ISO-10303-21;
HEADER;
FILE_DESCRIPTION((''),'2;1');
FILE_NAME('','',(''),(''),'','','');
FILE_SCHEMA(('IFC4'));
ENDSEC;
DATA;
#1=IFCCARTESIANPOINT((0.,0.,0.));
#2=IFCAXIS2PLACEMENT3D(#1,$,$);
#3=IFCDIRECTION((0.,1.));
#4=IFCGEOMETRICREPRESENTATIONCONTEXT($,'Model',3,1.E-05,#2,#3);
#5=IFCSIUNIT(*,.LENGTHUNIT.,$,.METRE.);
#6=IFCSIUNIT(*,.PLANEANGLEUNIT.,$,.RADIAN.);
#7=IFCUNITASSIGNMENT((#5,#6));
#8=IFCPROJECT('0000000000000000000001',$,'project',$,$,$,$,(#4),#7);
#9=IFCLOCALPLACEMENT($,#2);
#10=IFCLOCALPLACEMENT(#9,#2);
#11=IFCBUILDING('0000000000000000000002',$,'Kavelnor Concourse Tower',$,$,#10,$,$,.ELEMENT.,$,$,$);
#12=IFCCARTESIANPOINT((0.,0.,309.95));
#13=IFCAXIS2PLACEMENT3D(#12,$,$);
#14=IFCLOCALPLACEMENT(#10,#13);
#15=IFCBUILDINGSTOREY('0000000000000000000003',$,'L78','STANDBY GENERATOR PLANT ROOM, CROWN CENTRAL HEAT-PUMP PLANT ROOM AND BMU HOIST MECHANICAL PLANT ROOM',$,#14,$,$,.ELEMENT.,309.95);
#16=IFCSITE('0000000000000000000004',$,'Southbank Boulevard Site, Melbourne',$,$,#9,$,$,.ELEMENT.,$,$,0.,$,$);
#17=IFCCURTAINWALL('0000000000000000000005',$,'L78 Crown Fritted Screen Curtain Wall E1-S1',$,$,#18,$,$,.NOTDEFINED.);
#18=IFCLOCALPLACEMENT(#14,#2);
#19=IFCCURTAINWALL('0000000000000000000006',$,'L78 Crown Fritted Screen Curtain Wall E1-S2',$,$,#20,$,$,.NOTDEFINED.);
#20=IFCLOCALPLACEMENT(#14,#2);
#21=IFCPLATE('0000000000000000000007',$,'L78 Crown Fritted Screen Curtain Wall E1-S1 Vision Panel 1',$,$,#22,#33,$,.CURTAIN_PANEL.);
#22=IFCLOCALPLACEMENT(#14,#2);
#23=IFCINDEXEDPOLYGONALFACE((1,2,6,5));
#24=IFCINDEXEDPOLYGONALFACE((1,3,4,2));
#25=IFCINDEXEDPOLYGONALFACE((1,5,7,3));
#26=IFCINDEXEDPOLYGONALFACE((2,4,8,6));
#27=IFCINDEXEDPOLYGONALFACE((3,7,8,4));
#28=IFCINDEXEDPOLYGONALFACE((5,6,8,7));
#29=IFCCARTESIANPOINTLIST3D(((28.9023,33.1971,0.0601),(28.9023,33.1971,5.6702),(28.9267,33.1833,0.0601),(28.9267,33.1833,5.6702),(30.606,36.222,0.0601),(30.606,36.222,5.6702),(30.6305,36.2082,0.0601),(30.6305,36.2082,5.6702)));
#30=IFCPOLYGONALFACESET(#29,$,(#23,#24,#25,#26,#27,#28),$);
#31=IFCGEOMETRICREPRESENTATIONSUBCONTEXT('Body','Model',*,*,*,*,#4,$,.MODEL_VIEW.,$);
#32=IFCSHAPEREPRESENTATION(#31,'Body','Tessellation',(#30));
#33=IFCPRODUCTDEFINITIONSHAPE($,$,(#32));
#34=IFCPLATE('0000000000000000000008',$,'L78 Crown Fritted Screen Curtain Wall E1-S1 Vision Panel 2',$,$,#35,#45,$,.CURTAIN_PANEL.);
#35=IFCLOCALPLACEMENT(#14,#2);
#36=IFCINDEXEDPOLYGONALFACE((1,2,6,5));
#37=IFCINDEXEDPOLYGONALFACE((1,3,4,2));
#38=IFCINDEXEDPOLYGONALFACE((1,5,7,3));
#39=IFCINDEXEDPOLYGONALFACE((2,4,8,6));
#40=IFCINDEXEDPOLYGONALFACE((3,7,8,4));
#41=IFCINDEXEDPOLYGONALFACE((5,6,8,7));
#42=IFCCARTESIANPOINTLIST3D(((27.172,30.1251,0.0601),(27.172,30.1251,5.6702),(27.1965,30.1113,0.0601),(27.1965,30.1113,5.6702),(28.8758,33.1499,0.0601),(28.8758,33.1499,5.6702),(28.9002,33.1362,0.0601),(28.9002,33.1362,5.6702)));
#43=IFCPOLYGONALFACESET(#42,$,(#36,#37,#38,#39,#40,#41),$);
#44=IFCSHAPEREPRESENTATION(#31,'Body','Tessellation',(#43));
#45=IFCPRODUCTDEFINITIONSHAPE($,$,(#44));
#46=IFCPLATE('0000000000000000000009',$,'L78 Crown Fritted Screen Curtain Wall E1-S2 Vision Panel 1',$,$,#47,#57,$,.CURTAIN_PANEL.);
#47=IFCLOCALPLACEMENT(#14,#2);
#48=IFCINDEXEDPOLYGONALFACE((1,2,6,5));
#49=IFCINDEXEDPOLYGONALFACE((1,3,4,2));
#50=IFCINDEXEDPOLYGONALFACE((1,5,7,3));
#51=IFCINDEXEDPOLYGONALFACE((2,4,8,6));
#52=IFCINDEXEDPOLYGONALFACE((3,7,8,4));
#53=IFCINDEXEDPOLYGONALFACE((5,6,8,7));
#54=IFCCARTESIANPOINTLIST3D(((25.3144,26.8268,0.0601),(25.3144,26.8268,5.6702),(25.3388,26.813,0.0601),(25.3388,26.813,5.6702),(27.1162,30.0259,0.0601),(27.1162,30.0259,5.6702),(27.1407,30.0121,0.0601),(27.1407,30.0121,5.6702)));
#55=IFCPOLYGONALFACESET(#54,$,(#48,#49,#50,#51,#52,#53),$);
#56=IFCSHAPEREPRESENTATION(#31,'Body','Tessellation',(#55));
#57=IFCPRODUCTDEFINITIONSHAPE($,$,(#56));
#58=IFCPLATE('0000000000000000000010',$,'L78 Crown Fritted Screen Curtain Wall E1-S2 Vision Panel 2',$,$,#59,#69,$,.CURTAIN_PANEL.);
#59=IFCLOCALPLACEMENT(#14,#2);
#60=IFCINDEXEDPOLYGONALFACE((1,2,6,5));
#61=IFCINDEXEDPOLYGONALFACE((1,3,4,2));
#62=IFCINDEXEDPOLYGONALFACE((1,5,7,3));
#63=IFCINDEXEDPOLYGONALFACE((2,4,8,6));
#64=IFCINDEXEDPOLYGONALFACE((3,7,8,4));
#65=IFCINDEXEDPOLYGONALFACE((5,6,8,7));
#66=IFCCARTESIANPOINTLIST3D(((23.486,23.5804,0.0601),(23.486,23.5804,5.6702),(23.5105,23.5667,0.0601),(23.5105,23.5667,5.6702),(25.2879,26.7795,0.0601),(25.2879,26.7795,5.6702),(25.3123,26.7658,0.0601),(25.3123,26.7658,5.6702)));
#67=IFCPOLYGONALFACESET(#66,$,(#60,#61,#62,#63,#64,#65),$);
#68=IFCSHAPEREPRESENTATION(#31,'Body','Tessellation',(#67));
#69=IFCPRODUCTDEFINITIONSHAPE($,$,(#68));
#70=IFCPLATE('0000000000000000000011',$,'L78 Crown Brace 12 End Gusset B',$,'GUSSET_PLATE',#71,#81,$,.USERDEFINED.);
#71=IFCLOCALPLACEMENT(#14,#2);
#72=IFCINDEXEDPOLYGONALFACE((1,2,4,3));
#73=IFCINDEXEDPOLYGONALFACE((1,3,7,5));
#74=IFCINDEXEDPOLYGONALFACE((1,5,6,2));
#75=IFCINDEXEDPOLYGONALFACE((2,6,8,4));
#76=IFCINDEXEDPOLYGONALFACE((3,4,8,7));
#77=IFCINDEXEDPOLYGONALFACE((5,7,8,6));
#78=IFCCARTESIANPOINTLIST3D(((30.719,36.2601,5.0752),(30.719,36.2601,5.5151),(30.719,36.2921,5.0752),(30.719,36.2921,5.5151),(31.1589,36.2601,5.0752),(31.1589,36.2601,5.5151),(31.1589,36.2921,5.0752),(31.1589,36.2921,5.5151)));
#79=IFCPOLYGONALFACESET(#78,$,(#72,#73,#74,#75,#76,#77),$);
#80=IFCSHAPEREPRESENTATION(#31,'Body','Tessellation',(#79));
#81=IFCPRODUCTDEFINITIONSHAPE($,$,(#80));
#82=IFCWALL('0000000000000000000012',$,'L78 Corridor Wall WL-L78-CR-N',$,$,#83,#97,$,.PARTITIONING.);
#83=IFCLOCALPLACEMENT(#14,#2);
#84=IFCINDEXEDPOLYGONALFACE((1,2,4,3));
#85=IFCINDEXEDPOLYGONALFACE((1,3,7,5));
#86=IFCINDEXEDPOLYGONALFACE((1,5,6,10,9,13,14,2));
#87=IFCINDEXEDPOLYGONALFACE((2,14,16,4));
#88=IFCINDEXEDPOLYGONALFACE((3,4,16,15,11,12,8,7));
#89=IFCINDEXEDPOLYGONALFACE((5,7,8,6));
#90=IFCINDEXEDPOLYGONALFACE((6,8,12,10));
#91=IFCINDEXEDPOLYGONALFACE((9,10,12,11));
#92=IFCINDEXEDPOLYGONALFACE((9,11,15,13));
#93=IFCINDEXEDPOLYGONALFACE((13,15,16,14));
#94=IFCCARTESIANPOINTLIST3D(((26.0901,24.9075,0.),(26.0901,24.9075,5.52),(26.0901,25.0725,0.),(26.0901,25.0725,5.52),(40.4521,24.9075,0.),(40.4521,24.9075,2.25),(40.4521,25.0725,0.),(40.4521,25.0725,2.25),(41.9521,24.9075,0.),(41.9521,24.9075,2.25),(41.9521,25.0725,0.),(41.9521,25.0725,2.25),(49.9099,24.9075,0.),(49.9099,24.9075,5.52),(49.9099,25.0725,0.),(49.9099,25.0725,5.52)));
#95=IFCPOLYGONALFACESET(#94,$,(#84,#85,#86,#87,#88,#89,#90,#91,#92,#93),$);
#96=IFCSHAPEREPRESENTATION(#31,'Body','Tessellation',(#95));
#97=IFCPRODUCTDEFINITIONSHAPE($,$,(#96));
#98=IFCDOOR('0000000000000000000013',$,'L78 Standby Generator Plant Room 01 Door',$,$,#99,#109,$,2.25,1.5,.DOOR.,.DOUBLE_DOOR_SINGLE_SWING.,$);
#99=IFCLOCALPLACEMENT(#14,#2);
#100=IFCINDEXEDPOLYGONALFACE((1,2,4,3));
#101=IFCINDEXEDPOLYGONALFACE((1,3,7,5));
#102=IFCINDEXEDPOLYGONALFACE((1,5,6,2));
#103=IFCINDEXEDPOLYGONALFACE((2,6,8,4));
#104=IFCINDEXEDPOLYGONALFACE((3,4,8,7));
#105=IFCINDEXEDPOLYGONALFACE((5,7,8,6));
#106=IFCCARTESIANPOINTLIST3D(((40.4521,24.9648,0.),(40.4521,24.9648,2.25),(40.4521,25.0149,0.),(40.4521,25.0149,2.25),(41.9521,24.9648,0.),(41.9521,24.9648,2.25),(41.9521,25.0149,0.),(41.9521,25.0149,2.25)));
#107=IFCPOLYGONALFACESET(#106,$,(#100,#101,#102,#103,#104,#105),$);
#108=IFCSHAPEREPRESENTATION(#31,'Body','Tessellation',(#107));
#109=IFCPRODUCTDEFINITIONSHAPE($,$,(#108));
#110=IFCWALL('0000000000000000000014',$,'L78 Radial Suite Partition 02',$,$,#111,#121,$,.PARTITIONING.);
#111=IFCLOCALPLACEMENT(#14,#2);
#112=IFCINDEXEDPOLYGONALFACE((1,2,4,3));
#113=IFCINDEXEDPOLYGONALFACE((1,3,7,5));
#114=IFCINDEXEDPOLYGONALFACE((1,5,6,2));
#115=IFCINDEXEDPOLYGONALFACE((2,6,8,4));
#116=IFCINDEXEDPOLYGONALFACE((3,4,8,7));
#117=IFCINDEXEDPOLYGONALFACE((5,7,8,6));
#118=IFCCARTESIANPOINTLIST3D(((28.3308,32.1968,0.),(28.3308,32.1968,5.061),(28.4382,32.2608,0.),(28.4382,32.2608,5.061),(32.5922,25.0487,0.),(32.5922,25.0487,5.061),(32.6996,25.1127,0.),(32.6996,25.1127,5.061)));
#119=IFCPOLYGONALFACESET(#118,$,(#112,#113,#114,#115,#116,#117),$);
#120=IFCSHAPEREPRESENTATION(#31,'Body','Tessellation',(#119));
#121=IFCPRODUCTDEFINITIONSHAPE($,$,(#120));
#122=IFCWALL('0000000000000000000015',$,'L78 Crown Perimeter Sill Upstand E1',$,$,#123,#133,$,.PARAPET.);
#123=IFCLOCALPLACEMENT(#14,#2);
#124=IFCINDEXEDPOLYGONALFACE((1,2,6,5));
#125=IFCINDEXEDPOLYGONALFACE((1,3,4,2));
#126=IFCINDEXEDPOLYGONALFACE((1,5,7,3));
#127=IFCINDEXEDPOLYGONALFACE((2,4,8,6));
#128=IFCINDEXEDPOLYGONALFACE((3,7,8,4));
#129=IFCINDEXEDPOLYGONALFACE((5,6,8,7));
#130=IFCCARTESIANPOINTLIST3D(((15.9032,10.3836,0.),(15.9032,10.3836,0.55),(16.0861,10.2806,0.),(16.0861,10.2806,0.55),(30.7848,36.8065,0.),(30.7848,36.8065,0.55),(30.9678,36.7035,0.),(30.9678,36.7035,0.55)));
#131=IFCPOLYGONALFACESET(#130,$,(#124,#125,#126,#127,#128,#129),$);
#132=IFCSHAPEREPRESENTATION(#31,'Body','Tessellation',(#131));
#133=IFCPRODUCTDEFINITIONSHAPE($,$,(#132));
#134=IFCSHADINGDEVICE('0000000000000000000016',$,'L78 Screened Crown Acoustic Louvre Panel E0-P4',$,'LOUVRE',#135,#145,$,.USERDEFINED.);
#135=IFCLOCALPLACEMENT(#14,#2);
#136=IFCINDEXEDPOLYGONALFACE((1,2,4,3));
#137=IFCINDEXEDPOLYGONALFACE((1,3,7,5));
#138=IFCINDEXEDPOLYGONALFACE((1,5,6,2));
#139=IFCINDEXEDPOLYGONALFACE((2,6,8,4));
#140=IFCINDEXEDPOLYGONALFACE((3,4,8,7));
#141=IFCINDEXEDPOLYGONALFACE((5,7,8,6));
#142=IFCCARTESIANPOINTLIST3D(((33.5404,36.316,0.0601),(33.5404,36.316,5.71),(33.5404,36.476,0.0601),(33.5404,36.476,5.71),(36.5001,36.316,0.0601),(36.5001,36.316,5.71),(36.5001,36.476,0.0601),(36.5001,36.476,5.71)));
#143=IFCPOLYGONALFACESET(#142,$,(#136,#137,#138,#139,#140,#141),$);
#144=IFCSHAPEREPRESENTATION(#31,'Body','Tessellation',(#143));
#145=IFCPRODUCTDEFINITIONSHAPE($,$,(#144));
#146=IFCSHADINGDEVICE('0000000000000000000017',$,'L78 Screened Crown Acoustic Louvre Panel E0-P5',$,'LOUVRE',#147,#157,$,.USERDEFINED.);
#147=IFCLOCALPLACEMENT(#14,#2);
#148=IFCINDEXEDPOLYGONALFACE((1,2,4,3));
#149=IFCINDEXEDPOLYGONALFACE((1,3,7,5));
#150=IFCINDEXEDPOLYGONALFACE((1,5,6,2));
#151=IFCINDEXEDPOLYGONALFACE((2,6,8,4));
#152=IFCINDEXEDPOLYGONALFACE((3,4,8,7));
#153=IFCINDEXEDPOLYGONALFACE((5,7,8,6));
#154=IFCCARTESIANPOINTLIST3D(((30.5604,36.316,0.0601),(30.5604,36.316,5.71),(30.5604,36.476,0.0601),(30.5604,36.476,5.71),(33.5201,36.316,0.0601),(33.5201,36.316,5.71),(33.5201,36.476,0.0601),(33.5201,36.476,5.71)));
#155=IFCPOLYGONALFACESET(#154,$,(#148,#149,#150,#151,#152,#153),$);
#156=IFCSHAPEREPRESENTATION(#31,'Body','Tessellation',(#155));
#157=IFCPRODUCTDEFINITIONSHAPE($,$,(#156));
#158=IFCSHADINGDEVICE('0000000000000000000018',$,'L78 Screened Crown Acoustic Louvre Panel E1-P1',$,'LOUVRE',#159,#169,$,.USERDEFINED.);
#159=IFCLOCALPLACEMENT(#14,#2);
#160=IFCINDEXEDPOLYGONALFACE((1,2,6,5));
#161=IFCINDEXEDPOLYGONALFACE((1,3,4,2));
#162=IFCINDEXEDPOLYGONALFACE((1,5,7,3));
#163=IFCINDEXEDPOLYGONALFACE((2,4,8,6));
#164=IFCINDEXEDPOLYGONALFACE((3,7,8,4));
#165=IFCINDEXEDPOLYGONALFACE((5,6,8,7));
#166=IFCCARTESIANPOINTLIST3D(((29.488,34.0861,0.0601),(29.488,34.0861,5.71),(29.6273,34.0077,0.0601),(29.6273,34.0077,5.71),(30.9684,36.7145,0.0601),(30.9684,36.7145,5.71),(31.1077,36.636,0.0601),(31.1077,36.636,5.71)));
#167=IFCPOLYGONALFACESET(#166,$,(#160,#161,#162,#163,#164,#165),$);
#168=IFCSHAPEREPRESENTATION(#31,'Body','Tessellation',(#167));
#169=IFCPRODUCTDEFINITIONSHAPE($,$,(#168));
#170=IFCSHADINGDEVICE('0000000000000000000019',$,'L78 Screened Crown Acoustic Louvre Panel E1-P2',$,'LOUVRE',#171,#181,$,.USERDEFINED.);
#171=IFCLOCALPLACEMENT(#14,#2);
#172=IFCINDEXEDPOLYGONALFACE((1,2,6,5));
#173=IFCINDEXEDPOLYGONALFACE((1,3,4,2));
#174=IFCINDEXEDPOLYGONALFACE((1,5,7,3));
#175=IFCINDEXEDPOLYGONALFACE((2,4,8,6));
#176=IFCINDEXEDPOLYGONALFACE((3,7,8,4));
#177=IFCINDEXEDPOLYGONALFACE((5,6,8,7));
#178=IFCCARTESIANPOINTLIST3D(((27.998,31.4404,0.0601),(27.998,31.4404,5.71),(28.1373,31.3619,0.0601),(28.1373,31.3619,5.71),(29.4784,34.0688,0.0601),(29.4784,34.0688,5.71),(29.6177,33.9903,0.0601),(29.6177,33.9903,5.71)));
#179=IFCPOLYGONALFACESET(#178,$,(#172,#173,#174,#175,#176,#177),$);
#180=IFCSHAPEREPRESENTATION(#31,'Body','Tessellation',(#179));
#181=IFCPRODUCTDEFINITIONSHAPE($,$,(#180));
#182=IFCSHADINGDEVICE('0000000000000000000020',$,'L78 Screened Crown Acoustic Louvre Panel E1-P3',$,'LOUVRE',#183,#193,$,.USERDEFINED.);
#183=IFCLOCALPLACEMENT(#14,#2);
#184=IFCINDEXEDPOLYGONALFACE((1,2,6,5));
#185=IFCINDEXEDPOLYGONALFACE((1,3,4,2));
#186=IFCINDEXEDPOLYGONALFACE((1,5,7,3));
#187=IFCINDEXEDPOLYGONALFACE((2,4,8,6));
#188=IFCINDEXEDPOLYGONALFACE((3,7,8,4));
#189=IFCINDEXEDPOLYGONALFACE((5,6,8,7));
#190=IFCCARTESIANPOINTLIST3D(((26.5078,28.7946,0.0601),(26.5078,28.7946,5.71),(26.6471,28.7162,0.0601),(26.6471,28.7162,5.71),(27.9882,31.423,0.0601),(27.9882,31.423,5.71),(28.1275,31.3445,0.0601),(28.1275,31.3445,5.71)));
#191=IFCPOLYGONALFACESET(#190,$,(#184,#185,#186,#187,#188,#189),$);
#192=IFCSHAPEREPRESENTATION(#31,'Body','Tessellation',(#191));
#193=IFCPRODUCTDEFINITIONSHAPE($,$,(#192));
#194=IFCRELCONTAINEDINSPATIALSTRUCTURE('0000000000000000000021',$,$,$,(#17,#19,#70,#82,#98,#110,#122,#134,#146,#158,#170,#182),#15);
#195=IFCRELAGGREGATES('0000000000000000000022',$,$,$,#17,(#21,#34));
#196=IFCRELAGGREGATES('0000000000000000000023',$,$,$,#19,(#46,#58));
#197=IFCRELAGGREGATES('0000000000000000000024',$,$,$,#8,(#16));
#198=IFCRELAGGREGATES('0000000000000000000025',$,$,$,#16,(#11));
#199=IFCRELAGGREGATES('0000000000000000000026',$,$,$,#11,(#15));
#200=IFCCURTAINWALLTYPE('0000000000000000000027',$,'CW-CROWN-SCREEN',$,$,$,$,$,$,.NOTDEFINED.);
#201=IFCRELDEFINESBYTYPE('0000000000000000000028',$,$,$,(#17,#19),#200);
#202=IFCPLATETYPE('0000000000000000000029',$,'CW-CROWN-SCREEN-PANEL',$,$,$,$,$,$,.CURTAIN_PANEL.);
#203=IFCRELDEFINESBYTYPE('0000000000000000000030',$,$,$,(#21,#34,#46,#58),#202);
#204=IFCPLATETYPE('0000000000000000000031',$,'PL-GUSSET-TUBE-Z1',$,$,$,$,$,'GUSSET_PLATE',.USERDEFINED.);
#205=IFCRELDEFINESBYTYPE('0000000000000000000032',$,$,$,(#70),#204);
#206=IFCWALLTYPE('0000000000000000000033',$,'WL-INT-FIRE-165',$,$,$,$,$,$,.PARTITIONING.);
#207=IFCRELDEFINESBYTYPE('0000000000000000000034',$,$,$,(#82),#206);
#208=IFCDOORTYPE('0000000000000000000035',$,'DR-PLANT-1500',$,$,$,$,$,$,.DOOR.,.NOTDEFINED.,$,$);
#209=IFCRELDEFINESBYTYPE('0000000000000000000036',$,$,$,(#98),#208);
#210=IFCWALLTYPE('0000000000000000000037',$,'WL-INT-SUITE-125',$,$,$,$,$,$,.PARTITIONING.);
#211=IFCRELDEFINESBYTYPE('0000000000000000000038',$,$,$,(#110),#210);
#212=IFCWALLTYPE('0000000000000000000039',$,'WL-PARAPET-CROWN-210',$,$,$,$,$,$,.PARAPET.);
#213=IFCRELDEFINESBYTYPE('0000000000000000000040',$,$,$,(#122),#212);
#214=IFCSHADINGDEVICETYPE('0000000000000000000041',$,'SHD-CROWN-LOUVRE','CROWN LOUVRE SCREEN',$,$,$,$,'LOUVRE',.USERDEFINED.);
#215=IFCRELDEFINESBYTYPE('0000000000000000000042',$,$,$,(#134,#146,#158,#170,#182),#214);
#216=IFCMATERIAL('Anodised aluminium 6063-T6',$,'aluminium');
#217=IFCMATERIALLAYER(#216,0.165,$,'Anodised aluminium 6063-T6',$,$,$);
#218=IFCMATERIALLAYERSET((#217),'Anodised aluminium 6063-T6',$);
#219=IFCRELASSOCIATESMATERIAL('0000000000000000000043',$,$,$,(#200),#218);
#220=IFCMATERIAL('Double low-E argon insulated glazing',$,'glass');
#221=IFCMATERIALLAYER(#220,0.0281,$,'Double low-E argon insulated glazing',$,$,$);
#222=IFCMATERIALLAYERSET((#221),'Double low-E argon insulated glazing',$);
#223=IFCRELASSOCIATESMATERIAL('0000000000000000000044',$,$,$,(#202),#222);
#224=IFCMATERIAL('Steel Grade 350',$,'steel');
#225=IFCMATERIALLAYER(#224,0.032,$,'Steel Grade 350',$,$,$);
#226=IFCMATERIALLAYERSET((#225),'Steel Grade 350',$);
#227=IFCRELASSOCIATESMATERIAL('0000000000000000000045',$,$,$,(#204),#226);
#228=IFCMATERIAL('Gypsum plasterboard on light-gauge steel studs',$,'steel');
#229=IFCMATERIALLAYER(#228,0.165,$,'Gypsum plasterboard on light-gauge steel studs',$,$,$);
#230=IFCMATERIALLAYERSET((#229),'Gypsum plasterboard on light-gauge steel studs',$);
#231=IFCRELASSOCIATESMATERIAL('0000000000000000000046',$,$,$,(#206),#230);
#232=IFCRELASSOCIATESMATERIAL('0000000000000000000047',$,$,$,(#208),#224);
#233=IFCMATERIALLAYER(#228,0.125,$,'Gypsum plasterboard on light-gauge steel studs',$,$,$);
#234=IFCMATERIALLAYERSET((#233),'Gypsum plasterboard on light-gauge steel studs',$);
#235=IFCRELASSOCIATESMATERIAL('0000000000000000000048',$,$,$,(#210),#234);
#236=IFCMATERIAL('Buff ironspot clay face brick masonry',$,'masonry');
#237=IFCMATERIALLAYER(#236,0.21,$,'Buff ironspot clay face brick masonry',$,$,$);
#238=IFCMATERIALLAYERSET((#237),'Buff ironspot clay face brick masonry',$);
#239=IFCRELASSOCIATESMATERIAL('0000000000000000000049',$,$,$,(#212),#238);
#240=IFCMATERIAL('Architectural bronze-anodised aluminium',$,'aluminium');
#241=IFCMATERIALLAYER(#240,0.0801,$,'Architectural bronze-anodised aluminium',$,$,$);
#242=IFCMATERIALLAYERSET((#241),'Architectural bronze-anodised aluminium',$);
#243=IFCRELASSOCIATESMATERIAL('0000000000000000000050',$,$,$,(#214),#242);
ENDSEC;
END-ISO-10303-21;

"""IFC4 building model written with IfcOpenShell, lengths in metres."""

from ifc_helpers import new_model, si_unit, direction, frame, frame_2d, origin, origin_2d, place, context, subcontext, project, spatial, rectangle, extrude, material, layer, layer_set, type_object, element, fill, aggregate, save


model = new_model("IFC4")

# Units and contexts
model_context = context("Model", 3, precision=1e-05, world=origin(), true_north=direction((0.0, 1.0)))
body_context = subcontext(model_context, "Body", "Model", "MODEL_VIEW")
ifc_project = project(units=[si_unit("LENGTHUNIT", "METRE"), si_unit("PLANEANGLEUNIT", "RADIAN")], contexts=[model_context])

# Site, building, storey
site_placement = place(None, origin())
site = spatial("IfcSite", under=ifc_project, at=site_placement, Name="Southbank Boulevard Site, Melbourne", CompositionType="ELEMENT", RefElevation=0.0)
building_placement = place(site_placement, origin())
building = spatial("IfcBuilding", under=site, at=building_placement, Name="Kavelnor Concourse Tower", CompositionType="ELEMENT")
storey_placement = place(building_placement, frame((0.0, 0.0, 309.95)))
storey = spatial("IfcBuildingStorey", under=building, at=storey_placement, Name="L78", Description="STANDBY GENERATOR PLANT ROOM, CROWN CENTRAL HEAT-PUMP PLANT ROOM AND BMU HOIST MECHANICAL PLANT ROOM", CompositionType="ELEMENT", Elevation=309.95)

# Shared definitions
ifc_material_1 = material(Name="Steel Grade 350", Category="steel")

# Curtain walls
ifc_material_2 = material(Name="Anodised aluminium 6063-T6", Category="aluminium")
ifc_layer_1 = layer(ifc_material_2, 0.165, Name="Anodised aluminium 6063-T6")
ifc_layer_set_1 = layer_set([ifc_layer_1], Name="Anodised aluminium 6063-T6")
curtain_wall_type = type_object("IfcCurtainWallType", Name="CW-CROWN-SCREEN", PredefinedType="NOTDEFINED", material=ifc_layer_set_1)
curtain_wall_1_placement = place(storey_placement, origin())
curtain_wall_1 = element("IfcCurtainWall", 1, at=curtain_wall_1_placement, inside=storey, type_object=curtain_wall_type, Name="L78 Crown Fritted Screen Curtain Wall E1-S1", PredefinedType="NOTDEFINED")
curtain_wall_2_placement = place(storey_placement, origin())
curtain_wall_2 = element("IfcCurtainWall", 2, at=curtain_wall_2_placement, inside=storey, type_object=curtain_wall_type, Name="L78 Crown Fritted Screen Curtain Wall E1-S2", PredefinedType="NOTDEFINED")

# Plates
ifc_material_3 = material(Name="Double low-E argon insulated glazing", Category="glass")
ifc_layer_2 = layer(ifc_material_3, 0.0281, Name="Double low-E argon insulated glazing")
ifc_layer_set_2 = layer_set([ifc_layer_2], Name="Double low-E argon insulated glazing")
plate_type_1 = type_object("IfcPlateType", Name="CW-CROWN-SCREEN-PANEL", PredefinedType="CURTAIN_PANEL", material=ifc_layer_set_2)
plate_1_placement = place(storey_placement, frame((29.7664, 34.7026, 0.0601), z_axis=(0.0, 0.0, 1.0), x_axis=(-0.490752, -0.871299, 0.0)))
plate_1 = element("IfcPlate", 3, at=plate_1_placement, type_object=plate_type_1, Name="L78 Crown Fritted Screen Curtain Wall E1-S1 Vision Panel 1", PredefinedType="CURTAIN_PANEL", context=body_context, shape_type="SweptSolid", body=[
    extrude(rectangle(XDim=3.4717, YDim=0.0281, at=origin_2d()), origin(), (0.0, 0.0, 1.0), 5.6101),
])
plate_2_placement = place(storey_placement, frame((28.0361, 31.6306, 0.0601), z_axis=(0.0, 0.0, 1.0), x_axis=(-0.490752, -0.871299, 0.0)))
plate_2 = element("IfcPlate", 4, at=plate_2_placement, type_object=plate_type_1, Name="L78 Crown Fritted Screen Curtain Wall E1-S1 Vision Panel 2", PredefinedType="CURTAIN_PANEL", context=body_context, shape_type="SweptSolid", body=[
    extrude(rectangle(XDim=3.4717, YDim=0.0281, at=origin_2d()), origin(), (0.0, 0.0, 1.0), 5.6101),
])
aggregate(curtain_wall_1, [plate_1, plate_2])
plate_3_placement = place(storey_placement, frame((26.2275, 28.4194, 0.0601), z_axis=(0.0, 0.0, 1.0), x_axis=(-0.490752, -0.871299, 0.0)))
plate_3 = element("IfcPlate", 5, at=plate_3_placement, type_object=plate_type_1, Name="L78 Crown Fritted Screen Curtain Wall E1-S2 Vision Panel 1", PredefinedType="CURTAIN_PANEL", context=body_context, shape_type="SweptSolid", body=[
    extrude(rectangle(XDim=3.6716, YDim=0.0281, at=origin_2d()), origin(), (0.0, 0.0, 1.0), 5.6101),
])
plate_4_placement = place(storey_placement, frame((24.3992, 25.1731, 0.0601), z_axis=(0.0, 0.0, 1.0), x_axis=(-0.490752, -0.871299, 0.0)))
plate_4 = element("IfcPlate", 6, at=plate_4_placement, type_object=plate_type_1, Name="L78 Crown Fritted Screen Curtain Wall E1-S2 Vision Panel 2", PredefinedType="CURTAIN_PANEL", context=body_context, shape_type="SweptSolid", body=[
    extrude(rectangle(XDim=3.6716, YDim=0.0281, at=origin_2d()), origin(), (0.0, 0.0, 1.0), 5.6101),
])
aggregate(curtain_wall_2, [plate_3, plate_4])
ifc_layer_3 = layer(ifc_material_1, 0.032, Name="Steel Grade 350")
ifc_layer_set_3 = layer_set([ifc_layer_3], Name="Steel Grade 350")
plate_type_2 = type_object("IfcPlateType", Name="PL-GUSSET-TUBE-Z1", ElementType="GUSSET_PLATE", PredefinedType="USERDEFINED", material=ifc_layer_set_3)
plate_5_placement = place(storey_placement, frame((30.939, 36.2761, 5.0752), z_axis=(0.0, 0.0, 1.0), x_axis=(-1.0, 0.0, 0.0)))
element("IfcPlate", 7, at=plate_5_placement, inside=storey, type_object=plate_type_2, Name="L78 Crown Brace 12 End Gusset B", ObjectType="GUSSET_PLATE", PredefinedType="USERDEFINED", context=body_context, shape_type="SweptSolid", body=[
    extrude(rectangle(XDim=0.4399, YDim=0.032, at=origin_2d()), origin(), (0.0, 0.0, 1.0), 0.4399),
])

# Wall, opening, door
ifc_material_4 = material(Name="Gypsum plasterboard on light-gauge steel studs", Category="steel")
ifc_layer_4 = layer(ifc_material_4, 0.165, Name="Gypsum plasterboard on light-gauge steel studs")
ifc_layer_set_4 = layer_set([ifc_layer_4], Name="Gypsum plasterboard on light-gauge steel studs")
wall_type_1 = type_object("IfcWallType", Name="WL-INT-FIRE-165", PredefinedType="PARTITIONING", material=ifc_layer_set_4)
wall_1_placement = place(storey_placement, frame((26.0901, 24.99, 0.0), z_axis=(0.0, 0.0, 1.0), x_axis=(1.0, 0.0, 0.0)))
wall_1 = element("IfcWall", 8, at=wall_1_placement, inside=storey, type_object=wall_type_1, Name="L78 Corridor Wall WL-L78-CR-N", PredefinedType="PARTITIONING", context=body_context, shape_type="SweptSolid", body=[
    extrude(rectangle(XDim=23.8198, YDim=0.165, at=frame_2d((11.9099, 0.0))), origin(), (0.0, 0.0, 1.0), 5.52),
])
opening_placement = place(wall_1_placement, frame((14.3621, 0.0, 0.0)))
opening = element("IfcOpeningElement", 9, at=opening_placement, cuts=wall_1, PredefinedType="OPENING", context=body_context, shape_type="SweptSolid", body=[
    extrude(rectangle(XDim=1.5, YDim=2.25, at=frame_2d((0.75, 1.125))), frame((0.0, 0.0925, 0.0), z_axis=(0.0, -1.0, 0.0), x_axis=(1.0, 0.0, 0.0)), (0.0, 0.0, 1.0), 0.1851),
])
door_type = type_object("IfcDoorType", Name="DR-PLANT-1500", OperationType="NOTDEFINED", PredefinedType="DOOR", material=ifc_material_1)
door_placement = place(opening_placement, origin())
door = element("IfcDoor", 10, at=door_placement, inside=storey, type_object=door_type, Name="L78 Standby Generator Plant Room 01 Door", OperationType="DOUBLE_DOOR_SINGLE_SWING", OverallHeight=2.25, OverallWidth=1.5, PredefinedType="DOOR", context=body_context, shape_type="SweptSolid", body=[
    extrude(rectangle(XDim=1.5, YDim=2.25, at=frame_2d((0.75, 1.125))), frame((0.0, 0.0249, 0.0), z_axis=(0.0, -1.0, 0.0), x_axis=(1.0, 0.0, 0.0)), (0.0, 0.0, 1.0), 0.05),
])
fill(opening, door)

# Walls
ifc_layer_5 = layer(ifc_material_4, 0.125, Name="Gypsum plasterboard on light-gauge steel studs")
ifc_layer_set_5 = layer_set([ifc_layer_5], Name="Gypsum plasterboard on light-gauge steel studs")
wall_type_2 = type_object("IfcWallType", Name="WL-INT-SUITE-125", PredefinedType="PARTITIONING", material=ifc_layer_set_5)
wall_2_placement = place(storey_placement, frame((32.646, 25.0806, 0.0), z_axis=(0.0, 0.0, 1.0), x_axis=(-0.512069, 0.858944, 0.0)))
element("IfcWall", 11, at=wall_2_placement, inside=storey, type_object=wall_type_2, Name="L78 Radial Suite Partition 02", PredefinedType="PARTITIONING", context=body_context, shape_type="SweptSolid", body=[
    extrude(rectangle(XDim=8.322, YDim=0.125, at=frame_2d((4.1611, 0.0))), origin(), (0.0, 0.0, 1.0), 5.061),
])
ifc_material_5 = material(Name="Buff ironspot clay face brick masonry", Category="masonry")
ifc_layer_6 = layer(ifc_material_5, 0.21, Name="Buff ironspot clay face brick masonry")
ifc_layer_set_6 = layer_set([ifc_layer_6], Name="Buff ironspot clay face brick masonry")
wall_type_3 = type_object("IfcWallType", Name="WL-PARAPET-CROWN-210", PredefinedType="PARAPET", material=ifc_layer_set_6)
wall_3_placement = place(storey_placement, frame((30.8762, 36.7549, 0.0), z_axis=(0.0, 0.0, 1.0), x_axis=(-0.490731, -0.871311, 0.0)))
element("IfcWall", 12, at=wall_3_placement, inside=storey, type_object=wall_type_3, Name="L78 Crown Perimeter Sill Upstand E1", PredefinedType="PARAPET", context=body_context, shape_type="SweptSolid", body=[
    extrude(rectangle(XDim=30.3254, YDim=0.21, at=frame_2d((15.1626, 0.0))), origin(), (0.0, 0.0, 1.0), 0.55),
])

# Shading devices
ifc_material_6 = material(Name="Architectural bronze-anodised aluminium", Category="aluminium")
ifc_layer_7 = layer(ifc_material_6, 0.0801, Name="Architectural bronze-anodised aluminium")
ifc_layer_set_7 = layer_set([ifc_layer_7], Name="Architectural bronze-anodised aluminium")
shading_device_type = type_object("IfcShadingDeviceType", Name="SHD-CROWN-LOUVRE", Description="CROWN LOUVRE SCREEN", ElementType="LOUVRE", PredefinedType="USERDEFINED", material=ifc_layer_set_7)
for number, where, z_axis, x_axis, name in (
    (13, (35.0203, 36.396, 0.0601), (0.0, 0.0, 1.0), (-1.0, 0.0, 0.0), "L78 Screened Crown Acoustic Louvre Panel E0-P4"),
    (14, (32.0403, 36.396, 0.0601), (0.0, 0.0, 1.0), (-1.0, 0.0, 0.0), "L78 Screened Crown Acoustic Louvre Panel E0-P5"),
):
    element("IfcShadingDevice", number, at=place(storey_placement, frame(where, z_axis=z_axis, x_axis=x_axis)), inside=storey, type_object=shading_device_type, Name=name, ObjectType="LOUVRE", PredefinedType="USERDEFINED", context=body_context, shape_type="SweptSolid", body=[
        extrude(rectangle(XDim=2.9597, YDim=0.1599, at=origin_2d()), origin(), (0.0, 0.0, 1.0), 5.6499),
    ])
for number, where, z_axis, x_axis, name in (
    (15, (30.2979, 35.3611, 0.0601), (0.0, 0.0, 1.0), (-0.490752, -0.871299, 0.0), "L78 Screened Crown Acoustic Louvre Panel E1-P1"),
    (16, (28.8079, 32.7153, 0.0601), (0.0, 0.0, 1.0), (-0.490752, -0.871299, 0.0), "L78 Screened Crown Acoustic Louvre Panel E1-P2"),
    (17, (27.3176, 30.0696, 0.0601), (0.0, 0.0, 1.0), (-0.490752, -0.871299, 0.0), "L78 Screened Crown Acoustic Louvre Panel E1-P3"),
):
    element("IfcShadingDevice", number, at=place(storey_placement, frame(where, z_axis=z_axis, x_axis=x_axis)), inside=storey, type_object=shading_device_type, Name=name, ObjectType="LOUVRE", PredefinedType="USERDEFINED", context=body_context, shape_type="SweptSolid", body=[
        extrude(rectangle(XDim=3.0166, YDim=0.1599, at=origin_2d()), origin(), (0.0, 0.0, 1.0), 5.6499),
    ])

save(model, "model.ifc")
